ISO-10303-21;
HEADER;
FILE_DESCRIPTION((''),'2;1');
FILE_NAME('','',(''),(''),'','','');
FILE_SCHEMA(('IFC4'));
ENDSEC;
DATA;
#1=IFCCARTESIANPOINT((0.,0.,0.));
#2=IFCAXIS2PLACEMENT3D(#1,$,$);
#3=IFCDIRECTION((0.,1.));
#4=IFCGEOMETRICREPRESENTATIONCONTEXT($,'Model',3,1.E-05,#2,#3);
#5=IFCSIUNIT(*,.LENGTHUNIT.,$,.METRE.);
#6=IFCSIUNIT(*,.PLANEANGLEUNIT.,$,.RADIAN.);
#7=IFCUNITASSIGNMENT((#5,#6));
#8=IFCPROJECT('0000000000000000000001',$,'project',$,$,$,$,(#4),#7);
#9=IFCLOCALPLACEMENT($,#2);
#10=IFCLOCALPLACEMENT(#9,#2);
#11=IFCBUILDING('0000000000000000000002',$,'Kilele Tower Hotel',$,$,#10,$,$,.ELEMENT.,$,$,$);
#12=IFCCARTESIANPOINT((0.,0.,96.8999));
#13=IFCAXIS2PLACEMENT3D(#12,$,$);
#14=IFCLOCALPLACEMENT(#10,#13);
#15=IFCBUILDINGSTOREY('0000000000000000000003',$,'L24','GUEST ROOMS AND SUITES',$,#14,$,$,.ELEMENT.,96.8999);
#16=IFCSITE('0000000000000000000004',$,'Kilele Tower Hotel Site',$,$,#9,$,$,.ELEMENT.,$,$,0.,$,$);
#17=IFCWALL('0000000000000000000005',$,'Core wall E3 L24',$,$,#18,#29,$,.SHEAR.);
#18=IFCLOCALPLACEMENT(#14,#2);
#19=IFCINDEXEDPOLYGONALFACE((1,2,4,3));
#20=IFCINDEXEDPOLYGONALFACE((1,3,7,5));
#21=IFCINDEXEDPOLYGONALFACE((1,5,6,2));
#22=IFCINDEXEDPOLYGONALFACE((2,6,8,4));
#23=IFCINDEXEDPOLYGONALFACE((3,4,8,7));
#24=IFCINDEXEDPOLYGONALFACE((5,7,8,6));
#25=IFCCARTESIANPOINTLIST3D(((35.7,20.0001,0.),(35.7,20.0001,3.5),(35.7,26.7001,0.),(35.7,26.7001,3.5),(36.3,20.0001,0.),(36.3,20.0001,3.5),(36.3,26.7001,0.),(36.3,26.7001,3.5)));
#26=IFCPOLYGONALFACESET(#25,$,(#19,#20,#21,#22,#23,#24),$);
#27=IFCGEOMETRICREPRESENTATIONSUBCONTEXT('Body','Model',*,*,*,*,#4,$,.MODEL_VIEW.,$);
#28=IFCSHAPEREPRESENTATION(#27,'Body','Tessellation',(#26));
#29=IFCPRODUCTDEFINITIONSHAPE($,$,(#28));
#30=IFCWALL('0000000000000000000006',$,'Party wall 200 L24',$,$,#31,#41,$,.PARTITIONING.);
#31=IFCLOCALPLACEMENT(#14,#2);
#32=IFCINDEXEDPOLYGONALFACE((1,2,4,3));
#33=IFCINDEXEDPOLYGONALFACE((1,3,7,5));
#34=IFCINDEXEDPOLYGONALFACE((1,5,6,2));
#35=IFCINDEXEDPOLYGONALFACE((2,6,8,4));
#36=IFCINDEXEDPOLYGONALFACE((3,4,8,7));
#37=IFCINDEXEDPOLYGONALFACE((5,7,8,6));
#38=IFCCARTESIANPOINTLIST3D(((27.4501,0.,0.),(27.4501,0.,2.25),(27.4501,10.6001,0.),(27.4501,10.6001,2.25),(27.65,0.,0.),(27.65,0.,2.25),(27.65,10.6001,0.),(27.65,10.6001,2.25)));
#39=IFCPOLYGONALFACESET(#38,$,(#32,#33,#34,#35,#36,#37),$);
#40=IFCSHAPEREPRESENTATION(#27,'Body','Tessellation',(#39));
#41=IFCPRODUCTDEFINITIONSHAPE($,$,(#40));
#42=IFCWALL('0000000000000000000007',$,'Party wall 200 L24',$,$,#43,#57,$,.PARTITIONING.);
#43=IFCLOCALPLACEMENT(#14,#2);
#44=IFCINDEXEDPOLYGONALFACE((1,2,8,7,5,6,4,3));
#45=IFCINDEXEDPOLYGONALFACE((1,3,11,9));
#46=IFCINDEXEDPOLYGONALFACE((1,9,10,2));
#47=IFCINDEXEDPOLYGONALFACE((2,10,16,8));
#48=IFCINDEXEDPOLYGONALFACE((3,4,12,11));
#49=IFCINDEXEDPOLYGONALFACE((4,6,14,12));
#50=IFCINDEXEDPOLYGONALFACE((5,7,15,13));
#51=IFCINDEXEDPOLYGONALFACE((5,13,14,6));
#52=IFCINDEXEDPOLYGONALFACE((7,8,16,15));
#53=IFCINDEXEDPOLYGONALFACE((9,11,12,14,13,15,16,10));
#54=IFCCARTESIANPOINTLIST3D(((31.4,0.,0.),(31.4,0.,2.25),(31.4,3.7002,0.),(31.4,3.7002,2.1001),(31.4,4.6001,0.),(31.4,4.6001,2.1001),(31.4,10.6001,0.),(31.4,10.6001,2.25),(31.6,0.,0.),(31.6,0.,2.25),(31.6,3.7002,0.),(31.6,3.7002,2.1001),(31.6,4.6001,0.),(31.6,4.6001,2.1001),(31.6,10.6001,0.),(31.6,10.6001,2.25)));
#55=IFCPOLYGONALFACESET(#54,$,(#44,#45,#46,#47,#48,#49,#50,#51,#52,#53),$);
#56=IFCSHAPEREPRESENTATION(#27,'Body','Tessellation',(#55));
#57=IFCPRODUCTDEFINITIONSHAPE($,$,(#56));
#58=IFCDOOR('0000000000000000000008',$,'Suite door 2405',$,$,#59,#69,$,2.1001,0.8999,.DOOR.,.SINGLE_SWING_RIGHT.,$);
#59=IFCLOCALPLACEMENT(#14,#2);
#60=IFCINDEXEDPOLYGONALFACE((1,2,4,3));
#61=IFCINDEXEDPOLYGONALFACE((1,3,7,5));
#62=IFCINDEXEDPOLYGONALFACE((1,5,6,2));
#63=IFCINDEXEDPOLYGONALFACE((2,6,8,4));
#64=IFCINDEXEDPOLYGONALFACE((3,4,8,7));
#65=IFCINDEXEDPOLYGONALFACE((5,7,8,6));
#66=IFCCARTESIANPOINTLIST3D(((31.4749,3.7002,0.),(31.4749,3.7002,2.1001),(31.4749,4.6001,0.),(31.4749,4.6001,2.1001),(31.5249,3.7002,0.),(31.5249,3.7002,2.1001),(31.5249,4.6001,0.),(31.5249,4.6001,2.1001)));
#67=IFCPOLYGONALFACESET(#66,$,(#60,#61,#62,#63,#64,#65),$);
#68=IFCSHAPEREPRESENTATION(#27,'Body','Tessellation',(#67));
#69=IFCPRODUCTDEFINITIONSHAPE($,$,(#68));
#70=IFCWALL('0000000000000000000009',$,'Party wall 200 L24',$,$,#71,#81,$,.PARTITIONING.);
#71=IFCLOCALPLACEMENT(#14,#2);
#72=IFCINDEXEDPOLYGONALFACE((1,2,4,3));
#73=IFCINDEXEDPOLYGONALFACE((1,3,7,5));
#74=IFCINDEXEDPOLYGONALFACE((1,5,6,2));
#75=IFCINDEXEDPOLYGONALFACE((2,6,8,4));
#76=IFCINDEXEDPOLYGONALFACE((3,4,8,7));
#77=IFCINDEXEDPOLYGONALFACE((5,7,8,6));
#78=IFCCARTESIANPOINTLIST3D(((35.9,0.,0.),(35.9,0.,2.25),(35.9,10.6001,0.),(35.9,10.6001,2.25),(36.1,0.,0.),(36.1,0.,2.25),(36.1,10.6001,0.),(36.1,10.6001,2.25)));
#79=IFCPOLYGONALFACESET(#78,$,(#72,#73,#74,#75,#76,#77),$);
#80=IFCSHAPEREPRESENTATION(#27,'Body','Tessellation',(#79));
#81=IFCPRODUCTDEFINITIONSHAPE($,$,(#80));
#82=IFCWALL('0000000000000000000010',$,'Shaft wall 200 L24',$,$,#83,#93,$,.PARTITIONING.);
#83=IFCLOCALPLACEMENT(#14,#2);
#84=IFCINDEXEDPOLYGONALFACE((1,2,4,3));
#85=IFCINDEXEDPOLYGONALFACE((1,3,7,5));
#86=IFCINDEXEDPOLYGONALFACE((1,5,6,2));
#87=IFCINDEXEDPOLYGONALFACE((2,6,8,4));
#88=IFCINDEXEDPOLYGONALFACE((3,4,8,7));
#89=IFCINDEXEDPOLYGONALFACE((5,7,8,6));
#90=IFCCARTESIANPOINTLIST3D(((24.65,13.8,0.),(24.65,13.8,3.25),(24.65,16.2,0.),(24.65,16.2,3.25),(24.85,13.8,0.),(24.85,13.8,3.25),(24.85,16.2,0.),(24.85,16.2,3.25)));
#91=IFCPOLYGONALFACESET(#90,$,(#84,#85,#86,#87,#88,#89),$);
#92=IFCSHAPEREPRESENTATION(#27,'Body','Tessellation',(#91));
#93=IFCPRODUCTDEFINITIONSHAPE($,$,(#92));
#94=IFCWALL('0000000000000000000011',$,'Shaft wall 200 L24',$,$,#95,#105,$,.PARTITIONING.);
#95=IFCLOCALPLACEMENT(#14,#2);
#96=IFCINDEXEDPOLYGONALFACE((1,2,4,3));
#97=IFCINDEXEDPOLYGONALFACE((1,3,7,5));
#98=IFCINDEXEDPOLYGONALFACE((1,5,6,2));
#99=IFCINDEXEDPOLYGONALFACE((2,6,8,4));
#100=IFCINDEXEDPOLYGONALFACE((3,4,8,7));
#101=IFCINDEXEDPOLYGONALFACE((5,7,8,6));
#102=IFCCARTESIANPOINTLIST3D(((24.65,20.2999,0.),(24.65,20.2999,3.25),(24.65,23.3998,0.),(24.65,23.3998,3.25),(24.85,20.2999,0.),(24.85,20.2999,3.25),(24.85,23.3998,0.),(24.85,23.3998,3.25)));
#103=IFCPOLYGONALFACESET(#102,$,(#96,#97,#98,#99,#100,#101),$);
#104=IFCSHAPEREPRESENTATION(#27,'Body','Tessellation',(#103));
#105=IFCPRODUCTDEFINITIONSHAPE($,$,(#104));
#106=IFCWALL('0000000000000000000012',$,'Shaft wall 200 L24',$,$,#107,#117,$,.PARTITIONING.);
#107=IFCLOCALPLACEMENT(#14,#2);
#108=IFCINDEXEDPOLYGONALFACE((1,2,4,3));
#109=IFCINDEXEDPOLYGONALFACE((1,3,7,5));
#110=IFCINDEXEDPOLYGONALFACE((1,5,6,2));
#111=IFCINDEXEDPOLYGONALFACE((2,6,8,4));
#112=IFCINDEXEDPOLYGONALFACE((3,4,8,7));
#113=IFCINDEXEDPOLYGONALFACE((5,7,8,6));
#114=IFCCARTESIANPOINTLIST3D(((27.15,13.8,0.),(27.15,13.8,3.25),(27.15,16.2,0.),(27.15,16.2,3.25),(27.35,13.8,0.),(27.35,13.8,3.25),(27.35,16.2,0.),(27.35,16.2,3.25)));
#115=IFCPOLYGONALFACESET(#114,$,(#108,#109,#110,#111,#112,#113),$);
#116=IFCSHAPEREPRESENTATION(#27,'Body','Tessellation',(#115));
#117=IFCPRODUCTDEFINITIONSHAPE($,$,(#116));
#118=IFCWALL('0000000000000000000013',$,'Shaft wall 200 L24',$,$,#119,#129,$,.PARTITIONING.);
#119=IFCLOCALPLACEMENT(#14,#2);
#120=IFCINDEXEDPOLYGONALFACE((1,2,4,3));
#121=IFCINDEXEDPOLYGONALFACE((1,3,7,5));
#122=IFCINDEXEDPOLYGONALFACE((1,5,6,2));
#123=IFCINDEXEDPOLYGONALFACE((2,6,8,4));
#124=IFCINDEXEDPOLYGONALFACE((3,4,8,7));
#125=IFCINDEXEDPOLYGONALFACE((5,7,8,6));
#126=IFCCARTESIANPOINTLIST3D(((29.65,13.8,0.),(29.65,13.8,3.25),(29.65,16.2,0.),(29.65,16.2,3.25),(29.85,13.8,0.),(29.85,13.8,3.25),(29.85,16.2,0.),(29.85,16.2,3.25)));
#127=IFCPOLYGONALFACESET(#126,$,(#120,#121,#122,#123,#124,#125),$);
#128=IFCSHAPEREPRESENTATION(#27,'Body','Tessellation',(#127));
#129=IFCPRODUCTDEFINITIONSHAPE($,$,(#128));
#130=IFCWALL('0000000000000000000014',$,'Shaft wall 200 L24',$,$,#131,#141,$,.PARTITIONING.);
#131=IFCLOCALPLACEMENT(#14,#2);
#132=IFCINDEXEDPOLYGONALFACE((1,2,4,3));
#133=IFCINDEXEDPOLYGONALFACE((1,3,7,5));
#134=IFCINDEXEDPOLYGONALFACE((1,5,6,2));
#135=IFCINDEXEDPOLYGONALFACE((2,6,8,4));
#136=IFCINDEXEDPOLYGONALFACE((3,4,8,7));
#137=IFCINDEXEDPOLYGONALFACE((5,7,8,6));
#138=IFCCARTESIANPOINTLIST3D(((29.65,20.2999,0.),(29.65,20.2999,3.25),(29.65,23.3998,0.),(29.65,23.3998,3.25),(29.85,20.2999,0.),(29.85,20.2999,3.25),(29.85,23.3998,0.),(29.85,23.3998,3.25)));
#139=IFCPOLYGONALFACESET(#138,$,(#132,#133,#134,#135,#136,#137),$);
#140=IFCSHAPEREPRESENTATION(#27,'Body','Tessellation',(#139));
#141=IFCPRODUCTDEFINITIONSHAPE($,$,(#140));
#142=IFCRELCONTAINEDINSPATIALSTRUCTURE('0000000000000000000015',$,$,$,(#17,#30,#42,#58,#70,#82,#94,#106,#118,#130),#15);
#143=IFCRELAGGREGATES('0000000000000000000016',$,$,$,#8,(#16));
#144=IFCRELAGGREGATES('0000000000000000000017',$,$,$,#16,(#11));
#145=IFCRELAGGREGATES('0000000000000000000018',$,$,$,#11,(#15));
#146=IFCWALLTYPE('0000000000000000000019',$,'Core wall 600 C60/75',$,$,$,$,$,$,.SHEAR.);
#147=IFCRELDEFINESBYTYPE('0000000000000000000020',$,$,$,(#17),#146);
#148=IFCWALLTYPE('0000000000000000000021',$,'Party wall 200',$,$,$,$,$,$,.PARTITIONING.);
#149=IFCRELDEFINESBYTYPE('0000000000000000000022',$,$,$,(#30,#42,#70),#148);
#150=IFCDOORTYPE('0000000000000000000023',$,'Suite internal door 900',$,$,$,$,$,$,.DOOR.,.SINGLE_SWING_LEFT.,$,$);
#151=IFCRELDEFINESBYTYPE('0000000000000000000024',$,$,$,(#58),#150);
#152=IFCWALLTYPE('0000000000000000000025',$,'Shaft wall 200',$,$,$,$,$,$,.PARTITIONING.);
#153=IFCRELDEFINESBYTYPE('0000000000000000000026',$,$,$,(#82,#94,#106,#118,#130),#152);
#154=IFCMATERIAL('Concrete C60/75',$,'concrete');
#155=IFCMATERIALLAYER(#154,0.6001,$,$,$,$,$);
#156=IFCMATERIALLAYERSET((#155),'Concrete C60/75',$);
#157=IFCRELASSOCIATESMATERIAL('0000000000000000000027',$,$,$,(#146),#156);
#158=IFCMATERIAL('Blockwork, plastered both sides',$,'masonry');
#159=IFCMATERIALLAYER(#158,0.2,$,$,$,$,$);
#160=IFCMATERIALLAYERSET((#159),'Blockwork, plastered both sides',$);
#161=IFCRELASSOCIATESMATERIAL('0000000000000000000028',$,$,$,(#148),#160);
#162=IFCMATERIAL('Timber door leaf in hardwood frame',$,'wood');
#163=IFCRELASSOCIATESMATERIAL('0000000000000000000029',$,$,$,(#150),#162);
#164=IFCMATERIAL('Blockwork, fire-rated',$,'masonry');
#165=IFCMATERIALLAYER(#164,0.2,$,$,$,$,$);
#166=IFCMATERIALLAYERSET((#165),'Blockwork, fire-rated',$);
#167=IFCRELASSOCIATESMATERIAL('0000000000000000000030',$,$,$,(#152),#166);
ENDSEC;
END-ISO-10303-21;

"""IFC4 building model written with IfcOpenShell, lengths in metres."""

from ifc_helpers import new_model, si_unit, direction, frame, frame_2d, origin, place, context, subcontext, project, spatial, rectangle, extrude, material, layer, layer_set, type_object, element, fill, save


model = new_model("IFC4")

# Units and contexts
model_context = context("Model", 3, precision=1e-05, world=origin(), true_north=direction((0.0, 1.0)))
body_context = subcontext(model_context, "Body", "Model", "MODEL_VIEW")
ifc_project = project(units=[si_unit("LENGTHUNIT", "METRE"), si_unit("PLANEANGLEUNIT", "RADIAN")], contexts=[model_context])

# Site, building, storey
site_placement = place(None, origin())
site = spatial("IfcSite", under=ifc_project, at=site_placement, Name="Kilele Tower Hotel Site", CompositionType="ELEMENT", RefElevation=0.0)
building_placement = place(site_placement, origin())
building = spatial("IfcBuilding", under=site, at=building_placement, Name="Kilele Tower Hotel", CompositionType="ELEMENT")
storey_placement = place(building_placement, frame((0.0, 0.0, 96.8999)))
storey = spatial("IfcBuildingStorey", under=building, at=storey_placement, Name="L24", Description="GUEST ROOMS AND SUITES", CompositionType="ELEMENT", Elevation=96.8999)

# Shared definitions
ifc_material_1 = material(Name="Concrete C60/75", Category="concrete")
ifc_layer_1 = layer(ifc_material_1, 0.6001)
ifc_layer_set_1 = layer_set([ifc_layer_1], Name="Concrete C60/75")
wall_type_1 = type_object("IfcWallType", Name="Core wall 600 C60/75", PredefinedType="SHEAR", material=ifc_layer_set_1)

# Walls
wall_1_placement = place(storey_placement, frame((36.0, 20.0, 0.0), z_axis=(0.0, 0.0, 1.0), x_axis=(0.0, 1.0, 0.0)))
element("IfcWall", 1, at=wall_1_placement, inside=storey, type_object=wall_type_1, Name="Core wall E3 L24", PredefinedType="SHEAR", context=body_context, shape_type="SweptSolid", body=[
    extrude(rectangle(XDim=6.7, YDim=0.6001, at=frame_2d((3.3501, 0.0))), origin(), (0.0, 0.0, 1.0), 3.5),
])
ifc_material_2 = material(Name="Blockwork, plastered both sides", Category="masonry")
ifc_layer_2 = layer(ifc_material_2, 0.2)
ifc_layer_set_2 = layer_set([ifc_layer_2], Name="Blockwork, plastered both sides")
wall_type_2 = type_object("IfcWallType", Name="Party wall 200", PredefinedType="PARTITIONING", material=ifc_layer_set_2)
wall_2_placement = place(storey_placement, frame((27.55, 10.6001, 0.0), z_axis=(0.0, 0.0, 1.0), x_axis=(0.0, -1.0, 0.0)))
element("IfcWall", 2, at=wall_2_placement, inside=storey, type_object=wall_type_2, Name="Party wall 200 L24", PredefinedType="PARTITIONING", context=body_context, shape_type="SweptSolid", body=[
    extrude(rectangle(XDim=10.6001, YDim=0.2, at=frame_2d((5.3, 0.0))), origin(), (0.0, 0.0, 1.0), 2.25),
])

# Wall, opening, door
wall_3_placement = place(storey_placement, frame((31.5, 10.6001, 0.0), z_axis=(0.0, 0.0, 1.0), x_axis=(0.0, -1.0, 0.0)))
wall_3 = element("IfcWall", 3, at=wall_3_placement, inside=storey, type_object=wall_type_2, Name="Party wall 200 L24", PredefinedType="PARTITIONING", context=body_context, shape_type="SweptSolid", body=[
    extrude(rectangle(XDim=10.6001, YDim=0.2, at=frame_2d((5.3, 0.0))), origin(), (0.0, 0.0, 1.0), 2.25),
])
opening_1_placement = place(wall_3_placement, frame((6.0, 0.0, 0.0)))
opening_1 = element("IfcOpeningElement", 4, at=opening_1_placement, cuts=wall_3, PredefinedType="OPENING", context=body_context, shape_type="SweptSolid", body=[
    extrude(rectangle(XDim=0.8999, YDim=2.1001, at=frame_2d((0.45, 1.05))), frame((0.0, 0.1099, 0.0), z_axis=(0.0, -1.0, 0.0), x_axis=(1.0, 0.0, 0.0)), (0.0, 0.0, 1.0), 0.22),
])
ifc_material_3 = material(Name="Timber door leaf in hardwood frame", Category="wood")
door_type_1 = type_object("IfcDoorType", Name="Suite internal door 900", OperationType="SINGLE_SWING_LEFT", PredefinedType="DOOR", material=ifc_material_3)
door_1_placement = place(opening_1_placement, origin())
door_1 = element("IfcDoor", 5, at=door_1_placement, inside=storey, type_object=door_type_1, Name="Suite door 2405", OperationType="SINGLE_SWING_RIGHT", OverallHeight=2.1001, OverallWidth=0.8999, PredefinedType="DOOR", context=body_context, shape_type="SweptSolid", body=[
    extrude(rectangle(XDim=0.8999, YDim=2.1001, at=frame_2d((0.45, 1.05))), frame((0.0, 0.0249, 0.0), z_axis=(0.0, -1.0, 0.0), x_axis=(1.0, 0.0, 0.0)), (0.0, 0.0, 1.0), 0.05),
])
fill(opening_1, door_1)

# Walls
wall_4_placement = place(storey_placement, frame((36.0, 10.6001, 0.0), z_axis=(0.0, 0.0, 1.0), x_axis=(0.0, -1.0, 0.0)))
element("IfcWall", 6, at=wall_4_placement, inside=storey, type_object=wall_type_2, Name="Party wall 200 L24", PredefinedType="PARTITIONING", context=body_context, shape_type="SweptSolid", body=[
    extrude(rectangle(XDim=10.6001, YDim=0.2, at=frame_2d((5.3, 0.0))), origin(), (0.0, 0.0, 1.0), 2.25),
])
ifc_material_4 = material(Name="Blockwork, fire-rated", Category="masonry")
ifc_layer_3 = layer(ifc_material_4, 0.2)
ifc_layer_set_3 = layer_set([ifc_layer_3], Name="Blockwork, fire-rated")
wall_type_3 = type_object("IfcWallType", Name="Shaft wall 200", PredefinedType="PARTITIONING", material=ifc_layer_set_3)
wall_5_placement = place(storey_placement, frame((24.75, 13.8, 0.0), z_axis=(0.0, 0.0, 1.0), x_axis=(0.0, 1.0, 0.0)))
element("IfcWall", 7, at=wall_5_placement, inside=storey, type_object=wall_type_3, Name="Shaft wall 200 L24", PredefinedType="PARTITIONING", context=body_context, shape_type="SweptSolid", body=[
    extrude(rectangle(XDim=2.3999, YDim=0.2, at=frame_2d((1.2, 0.0))), origin(), (0.0, 0.0, 1.0), 3.25),
])
wall_6_placement = place(storey_placement, frame((24.75, 20.3, 0.0), z_axis=(0.0, 0.0, 1.0), x_axis=(0.0, 1.0, 0.0)))
element("IfcWall", 8, at=wall_6_placement, inside=storey, type_object=wall_type_3, Name="Shaft wall 200 L24", PredefinedType="PARTITIONING", context=body_context, shape_type="SweptSolid", body=[
    extrude(rectangle(XDim=3.0999, YDim=0.2, at=frame_2d((1.5498, 0.0))), origin(), (0.0, 0.0, 1.0), 3.25),
])
for number, where, z_axis, x_axis, name in (
    (9, (27.25, 13.8, 0.0), (0.0, 0.0, 1.0), (0.0, 1.0, 0.0), "Shaft wall 200 L24"),
    (10, (29.75, 13.8, 0.0), (0.0, 0.0, 1.0), (0.0, 1.0, 0.0), "Shaft wall 200 L24"),
):
    element("IfcWall", number, at=place(storey_placement, frame(where, z_axis=z_axis, x_axis=x_axis)), inside=storey, type_object=wall_type_3, Name=name, PredefinedType="PARTITIONING", context=body_context, shape_type="SweptSolid", body=[
        extrude(rectangle(XDim=2.3999, YDim=0.2, at=frame_2d((1.2, 0.0))), origin(), (0.0, 0.0, 1.0), 3.25),
    ])
wall_7_placement = place(storey_placement, frame((29.75, 20.3, 0.0), z_axis=(0.0, 0.0, 1.0), x_axis=(0.0, 1.0, 0.0)))
element("IfcWall", 11, at=wall_7_placement, inside=storey, type_object=wall_type_3, Name="Shaft wall 200 L24", PredefinedType="PARTITIONING", context=body_context, shape_type="SweptSolid", body=[
    extrude(rectangle(XDim=3.0999, YDim=0.2, at=frame_2d((1.5498, 0.0))), origin(), (0.0, 0.0, 1.0), 3.25),
])

save(model, "model.ifc")
